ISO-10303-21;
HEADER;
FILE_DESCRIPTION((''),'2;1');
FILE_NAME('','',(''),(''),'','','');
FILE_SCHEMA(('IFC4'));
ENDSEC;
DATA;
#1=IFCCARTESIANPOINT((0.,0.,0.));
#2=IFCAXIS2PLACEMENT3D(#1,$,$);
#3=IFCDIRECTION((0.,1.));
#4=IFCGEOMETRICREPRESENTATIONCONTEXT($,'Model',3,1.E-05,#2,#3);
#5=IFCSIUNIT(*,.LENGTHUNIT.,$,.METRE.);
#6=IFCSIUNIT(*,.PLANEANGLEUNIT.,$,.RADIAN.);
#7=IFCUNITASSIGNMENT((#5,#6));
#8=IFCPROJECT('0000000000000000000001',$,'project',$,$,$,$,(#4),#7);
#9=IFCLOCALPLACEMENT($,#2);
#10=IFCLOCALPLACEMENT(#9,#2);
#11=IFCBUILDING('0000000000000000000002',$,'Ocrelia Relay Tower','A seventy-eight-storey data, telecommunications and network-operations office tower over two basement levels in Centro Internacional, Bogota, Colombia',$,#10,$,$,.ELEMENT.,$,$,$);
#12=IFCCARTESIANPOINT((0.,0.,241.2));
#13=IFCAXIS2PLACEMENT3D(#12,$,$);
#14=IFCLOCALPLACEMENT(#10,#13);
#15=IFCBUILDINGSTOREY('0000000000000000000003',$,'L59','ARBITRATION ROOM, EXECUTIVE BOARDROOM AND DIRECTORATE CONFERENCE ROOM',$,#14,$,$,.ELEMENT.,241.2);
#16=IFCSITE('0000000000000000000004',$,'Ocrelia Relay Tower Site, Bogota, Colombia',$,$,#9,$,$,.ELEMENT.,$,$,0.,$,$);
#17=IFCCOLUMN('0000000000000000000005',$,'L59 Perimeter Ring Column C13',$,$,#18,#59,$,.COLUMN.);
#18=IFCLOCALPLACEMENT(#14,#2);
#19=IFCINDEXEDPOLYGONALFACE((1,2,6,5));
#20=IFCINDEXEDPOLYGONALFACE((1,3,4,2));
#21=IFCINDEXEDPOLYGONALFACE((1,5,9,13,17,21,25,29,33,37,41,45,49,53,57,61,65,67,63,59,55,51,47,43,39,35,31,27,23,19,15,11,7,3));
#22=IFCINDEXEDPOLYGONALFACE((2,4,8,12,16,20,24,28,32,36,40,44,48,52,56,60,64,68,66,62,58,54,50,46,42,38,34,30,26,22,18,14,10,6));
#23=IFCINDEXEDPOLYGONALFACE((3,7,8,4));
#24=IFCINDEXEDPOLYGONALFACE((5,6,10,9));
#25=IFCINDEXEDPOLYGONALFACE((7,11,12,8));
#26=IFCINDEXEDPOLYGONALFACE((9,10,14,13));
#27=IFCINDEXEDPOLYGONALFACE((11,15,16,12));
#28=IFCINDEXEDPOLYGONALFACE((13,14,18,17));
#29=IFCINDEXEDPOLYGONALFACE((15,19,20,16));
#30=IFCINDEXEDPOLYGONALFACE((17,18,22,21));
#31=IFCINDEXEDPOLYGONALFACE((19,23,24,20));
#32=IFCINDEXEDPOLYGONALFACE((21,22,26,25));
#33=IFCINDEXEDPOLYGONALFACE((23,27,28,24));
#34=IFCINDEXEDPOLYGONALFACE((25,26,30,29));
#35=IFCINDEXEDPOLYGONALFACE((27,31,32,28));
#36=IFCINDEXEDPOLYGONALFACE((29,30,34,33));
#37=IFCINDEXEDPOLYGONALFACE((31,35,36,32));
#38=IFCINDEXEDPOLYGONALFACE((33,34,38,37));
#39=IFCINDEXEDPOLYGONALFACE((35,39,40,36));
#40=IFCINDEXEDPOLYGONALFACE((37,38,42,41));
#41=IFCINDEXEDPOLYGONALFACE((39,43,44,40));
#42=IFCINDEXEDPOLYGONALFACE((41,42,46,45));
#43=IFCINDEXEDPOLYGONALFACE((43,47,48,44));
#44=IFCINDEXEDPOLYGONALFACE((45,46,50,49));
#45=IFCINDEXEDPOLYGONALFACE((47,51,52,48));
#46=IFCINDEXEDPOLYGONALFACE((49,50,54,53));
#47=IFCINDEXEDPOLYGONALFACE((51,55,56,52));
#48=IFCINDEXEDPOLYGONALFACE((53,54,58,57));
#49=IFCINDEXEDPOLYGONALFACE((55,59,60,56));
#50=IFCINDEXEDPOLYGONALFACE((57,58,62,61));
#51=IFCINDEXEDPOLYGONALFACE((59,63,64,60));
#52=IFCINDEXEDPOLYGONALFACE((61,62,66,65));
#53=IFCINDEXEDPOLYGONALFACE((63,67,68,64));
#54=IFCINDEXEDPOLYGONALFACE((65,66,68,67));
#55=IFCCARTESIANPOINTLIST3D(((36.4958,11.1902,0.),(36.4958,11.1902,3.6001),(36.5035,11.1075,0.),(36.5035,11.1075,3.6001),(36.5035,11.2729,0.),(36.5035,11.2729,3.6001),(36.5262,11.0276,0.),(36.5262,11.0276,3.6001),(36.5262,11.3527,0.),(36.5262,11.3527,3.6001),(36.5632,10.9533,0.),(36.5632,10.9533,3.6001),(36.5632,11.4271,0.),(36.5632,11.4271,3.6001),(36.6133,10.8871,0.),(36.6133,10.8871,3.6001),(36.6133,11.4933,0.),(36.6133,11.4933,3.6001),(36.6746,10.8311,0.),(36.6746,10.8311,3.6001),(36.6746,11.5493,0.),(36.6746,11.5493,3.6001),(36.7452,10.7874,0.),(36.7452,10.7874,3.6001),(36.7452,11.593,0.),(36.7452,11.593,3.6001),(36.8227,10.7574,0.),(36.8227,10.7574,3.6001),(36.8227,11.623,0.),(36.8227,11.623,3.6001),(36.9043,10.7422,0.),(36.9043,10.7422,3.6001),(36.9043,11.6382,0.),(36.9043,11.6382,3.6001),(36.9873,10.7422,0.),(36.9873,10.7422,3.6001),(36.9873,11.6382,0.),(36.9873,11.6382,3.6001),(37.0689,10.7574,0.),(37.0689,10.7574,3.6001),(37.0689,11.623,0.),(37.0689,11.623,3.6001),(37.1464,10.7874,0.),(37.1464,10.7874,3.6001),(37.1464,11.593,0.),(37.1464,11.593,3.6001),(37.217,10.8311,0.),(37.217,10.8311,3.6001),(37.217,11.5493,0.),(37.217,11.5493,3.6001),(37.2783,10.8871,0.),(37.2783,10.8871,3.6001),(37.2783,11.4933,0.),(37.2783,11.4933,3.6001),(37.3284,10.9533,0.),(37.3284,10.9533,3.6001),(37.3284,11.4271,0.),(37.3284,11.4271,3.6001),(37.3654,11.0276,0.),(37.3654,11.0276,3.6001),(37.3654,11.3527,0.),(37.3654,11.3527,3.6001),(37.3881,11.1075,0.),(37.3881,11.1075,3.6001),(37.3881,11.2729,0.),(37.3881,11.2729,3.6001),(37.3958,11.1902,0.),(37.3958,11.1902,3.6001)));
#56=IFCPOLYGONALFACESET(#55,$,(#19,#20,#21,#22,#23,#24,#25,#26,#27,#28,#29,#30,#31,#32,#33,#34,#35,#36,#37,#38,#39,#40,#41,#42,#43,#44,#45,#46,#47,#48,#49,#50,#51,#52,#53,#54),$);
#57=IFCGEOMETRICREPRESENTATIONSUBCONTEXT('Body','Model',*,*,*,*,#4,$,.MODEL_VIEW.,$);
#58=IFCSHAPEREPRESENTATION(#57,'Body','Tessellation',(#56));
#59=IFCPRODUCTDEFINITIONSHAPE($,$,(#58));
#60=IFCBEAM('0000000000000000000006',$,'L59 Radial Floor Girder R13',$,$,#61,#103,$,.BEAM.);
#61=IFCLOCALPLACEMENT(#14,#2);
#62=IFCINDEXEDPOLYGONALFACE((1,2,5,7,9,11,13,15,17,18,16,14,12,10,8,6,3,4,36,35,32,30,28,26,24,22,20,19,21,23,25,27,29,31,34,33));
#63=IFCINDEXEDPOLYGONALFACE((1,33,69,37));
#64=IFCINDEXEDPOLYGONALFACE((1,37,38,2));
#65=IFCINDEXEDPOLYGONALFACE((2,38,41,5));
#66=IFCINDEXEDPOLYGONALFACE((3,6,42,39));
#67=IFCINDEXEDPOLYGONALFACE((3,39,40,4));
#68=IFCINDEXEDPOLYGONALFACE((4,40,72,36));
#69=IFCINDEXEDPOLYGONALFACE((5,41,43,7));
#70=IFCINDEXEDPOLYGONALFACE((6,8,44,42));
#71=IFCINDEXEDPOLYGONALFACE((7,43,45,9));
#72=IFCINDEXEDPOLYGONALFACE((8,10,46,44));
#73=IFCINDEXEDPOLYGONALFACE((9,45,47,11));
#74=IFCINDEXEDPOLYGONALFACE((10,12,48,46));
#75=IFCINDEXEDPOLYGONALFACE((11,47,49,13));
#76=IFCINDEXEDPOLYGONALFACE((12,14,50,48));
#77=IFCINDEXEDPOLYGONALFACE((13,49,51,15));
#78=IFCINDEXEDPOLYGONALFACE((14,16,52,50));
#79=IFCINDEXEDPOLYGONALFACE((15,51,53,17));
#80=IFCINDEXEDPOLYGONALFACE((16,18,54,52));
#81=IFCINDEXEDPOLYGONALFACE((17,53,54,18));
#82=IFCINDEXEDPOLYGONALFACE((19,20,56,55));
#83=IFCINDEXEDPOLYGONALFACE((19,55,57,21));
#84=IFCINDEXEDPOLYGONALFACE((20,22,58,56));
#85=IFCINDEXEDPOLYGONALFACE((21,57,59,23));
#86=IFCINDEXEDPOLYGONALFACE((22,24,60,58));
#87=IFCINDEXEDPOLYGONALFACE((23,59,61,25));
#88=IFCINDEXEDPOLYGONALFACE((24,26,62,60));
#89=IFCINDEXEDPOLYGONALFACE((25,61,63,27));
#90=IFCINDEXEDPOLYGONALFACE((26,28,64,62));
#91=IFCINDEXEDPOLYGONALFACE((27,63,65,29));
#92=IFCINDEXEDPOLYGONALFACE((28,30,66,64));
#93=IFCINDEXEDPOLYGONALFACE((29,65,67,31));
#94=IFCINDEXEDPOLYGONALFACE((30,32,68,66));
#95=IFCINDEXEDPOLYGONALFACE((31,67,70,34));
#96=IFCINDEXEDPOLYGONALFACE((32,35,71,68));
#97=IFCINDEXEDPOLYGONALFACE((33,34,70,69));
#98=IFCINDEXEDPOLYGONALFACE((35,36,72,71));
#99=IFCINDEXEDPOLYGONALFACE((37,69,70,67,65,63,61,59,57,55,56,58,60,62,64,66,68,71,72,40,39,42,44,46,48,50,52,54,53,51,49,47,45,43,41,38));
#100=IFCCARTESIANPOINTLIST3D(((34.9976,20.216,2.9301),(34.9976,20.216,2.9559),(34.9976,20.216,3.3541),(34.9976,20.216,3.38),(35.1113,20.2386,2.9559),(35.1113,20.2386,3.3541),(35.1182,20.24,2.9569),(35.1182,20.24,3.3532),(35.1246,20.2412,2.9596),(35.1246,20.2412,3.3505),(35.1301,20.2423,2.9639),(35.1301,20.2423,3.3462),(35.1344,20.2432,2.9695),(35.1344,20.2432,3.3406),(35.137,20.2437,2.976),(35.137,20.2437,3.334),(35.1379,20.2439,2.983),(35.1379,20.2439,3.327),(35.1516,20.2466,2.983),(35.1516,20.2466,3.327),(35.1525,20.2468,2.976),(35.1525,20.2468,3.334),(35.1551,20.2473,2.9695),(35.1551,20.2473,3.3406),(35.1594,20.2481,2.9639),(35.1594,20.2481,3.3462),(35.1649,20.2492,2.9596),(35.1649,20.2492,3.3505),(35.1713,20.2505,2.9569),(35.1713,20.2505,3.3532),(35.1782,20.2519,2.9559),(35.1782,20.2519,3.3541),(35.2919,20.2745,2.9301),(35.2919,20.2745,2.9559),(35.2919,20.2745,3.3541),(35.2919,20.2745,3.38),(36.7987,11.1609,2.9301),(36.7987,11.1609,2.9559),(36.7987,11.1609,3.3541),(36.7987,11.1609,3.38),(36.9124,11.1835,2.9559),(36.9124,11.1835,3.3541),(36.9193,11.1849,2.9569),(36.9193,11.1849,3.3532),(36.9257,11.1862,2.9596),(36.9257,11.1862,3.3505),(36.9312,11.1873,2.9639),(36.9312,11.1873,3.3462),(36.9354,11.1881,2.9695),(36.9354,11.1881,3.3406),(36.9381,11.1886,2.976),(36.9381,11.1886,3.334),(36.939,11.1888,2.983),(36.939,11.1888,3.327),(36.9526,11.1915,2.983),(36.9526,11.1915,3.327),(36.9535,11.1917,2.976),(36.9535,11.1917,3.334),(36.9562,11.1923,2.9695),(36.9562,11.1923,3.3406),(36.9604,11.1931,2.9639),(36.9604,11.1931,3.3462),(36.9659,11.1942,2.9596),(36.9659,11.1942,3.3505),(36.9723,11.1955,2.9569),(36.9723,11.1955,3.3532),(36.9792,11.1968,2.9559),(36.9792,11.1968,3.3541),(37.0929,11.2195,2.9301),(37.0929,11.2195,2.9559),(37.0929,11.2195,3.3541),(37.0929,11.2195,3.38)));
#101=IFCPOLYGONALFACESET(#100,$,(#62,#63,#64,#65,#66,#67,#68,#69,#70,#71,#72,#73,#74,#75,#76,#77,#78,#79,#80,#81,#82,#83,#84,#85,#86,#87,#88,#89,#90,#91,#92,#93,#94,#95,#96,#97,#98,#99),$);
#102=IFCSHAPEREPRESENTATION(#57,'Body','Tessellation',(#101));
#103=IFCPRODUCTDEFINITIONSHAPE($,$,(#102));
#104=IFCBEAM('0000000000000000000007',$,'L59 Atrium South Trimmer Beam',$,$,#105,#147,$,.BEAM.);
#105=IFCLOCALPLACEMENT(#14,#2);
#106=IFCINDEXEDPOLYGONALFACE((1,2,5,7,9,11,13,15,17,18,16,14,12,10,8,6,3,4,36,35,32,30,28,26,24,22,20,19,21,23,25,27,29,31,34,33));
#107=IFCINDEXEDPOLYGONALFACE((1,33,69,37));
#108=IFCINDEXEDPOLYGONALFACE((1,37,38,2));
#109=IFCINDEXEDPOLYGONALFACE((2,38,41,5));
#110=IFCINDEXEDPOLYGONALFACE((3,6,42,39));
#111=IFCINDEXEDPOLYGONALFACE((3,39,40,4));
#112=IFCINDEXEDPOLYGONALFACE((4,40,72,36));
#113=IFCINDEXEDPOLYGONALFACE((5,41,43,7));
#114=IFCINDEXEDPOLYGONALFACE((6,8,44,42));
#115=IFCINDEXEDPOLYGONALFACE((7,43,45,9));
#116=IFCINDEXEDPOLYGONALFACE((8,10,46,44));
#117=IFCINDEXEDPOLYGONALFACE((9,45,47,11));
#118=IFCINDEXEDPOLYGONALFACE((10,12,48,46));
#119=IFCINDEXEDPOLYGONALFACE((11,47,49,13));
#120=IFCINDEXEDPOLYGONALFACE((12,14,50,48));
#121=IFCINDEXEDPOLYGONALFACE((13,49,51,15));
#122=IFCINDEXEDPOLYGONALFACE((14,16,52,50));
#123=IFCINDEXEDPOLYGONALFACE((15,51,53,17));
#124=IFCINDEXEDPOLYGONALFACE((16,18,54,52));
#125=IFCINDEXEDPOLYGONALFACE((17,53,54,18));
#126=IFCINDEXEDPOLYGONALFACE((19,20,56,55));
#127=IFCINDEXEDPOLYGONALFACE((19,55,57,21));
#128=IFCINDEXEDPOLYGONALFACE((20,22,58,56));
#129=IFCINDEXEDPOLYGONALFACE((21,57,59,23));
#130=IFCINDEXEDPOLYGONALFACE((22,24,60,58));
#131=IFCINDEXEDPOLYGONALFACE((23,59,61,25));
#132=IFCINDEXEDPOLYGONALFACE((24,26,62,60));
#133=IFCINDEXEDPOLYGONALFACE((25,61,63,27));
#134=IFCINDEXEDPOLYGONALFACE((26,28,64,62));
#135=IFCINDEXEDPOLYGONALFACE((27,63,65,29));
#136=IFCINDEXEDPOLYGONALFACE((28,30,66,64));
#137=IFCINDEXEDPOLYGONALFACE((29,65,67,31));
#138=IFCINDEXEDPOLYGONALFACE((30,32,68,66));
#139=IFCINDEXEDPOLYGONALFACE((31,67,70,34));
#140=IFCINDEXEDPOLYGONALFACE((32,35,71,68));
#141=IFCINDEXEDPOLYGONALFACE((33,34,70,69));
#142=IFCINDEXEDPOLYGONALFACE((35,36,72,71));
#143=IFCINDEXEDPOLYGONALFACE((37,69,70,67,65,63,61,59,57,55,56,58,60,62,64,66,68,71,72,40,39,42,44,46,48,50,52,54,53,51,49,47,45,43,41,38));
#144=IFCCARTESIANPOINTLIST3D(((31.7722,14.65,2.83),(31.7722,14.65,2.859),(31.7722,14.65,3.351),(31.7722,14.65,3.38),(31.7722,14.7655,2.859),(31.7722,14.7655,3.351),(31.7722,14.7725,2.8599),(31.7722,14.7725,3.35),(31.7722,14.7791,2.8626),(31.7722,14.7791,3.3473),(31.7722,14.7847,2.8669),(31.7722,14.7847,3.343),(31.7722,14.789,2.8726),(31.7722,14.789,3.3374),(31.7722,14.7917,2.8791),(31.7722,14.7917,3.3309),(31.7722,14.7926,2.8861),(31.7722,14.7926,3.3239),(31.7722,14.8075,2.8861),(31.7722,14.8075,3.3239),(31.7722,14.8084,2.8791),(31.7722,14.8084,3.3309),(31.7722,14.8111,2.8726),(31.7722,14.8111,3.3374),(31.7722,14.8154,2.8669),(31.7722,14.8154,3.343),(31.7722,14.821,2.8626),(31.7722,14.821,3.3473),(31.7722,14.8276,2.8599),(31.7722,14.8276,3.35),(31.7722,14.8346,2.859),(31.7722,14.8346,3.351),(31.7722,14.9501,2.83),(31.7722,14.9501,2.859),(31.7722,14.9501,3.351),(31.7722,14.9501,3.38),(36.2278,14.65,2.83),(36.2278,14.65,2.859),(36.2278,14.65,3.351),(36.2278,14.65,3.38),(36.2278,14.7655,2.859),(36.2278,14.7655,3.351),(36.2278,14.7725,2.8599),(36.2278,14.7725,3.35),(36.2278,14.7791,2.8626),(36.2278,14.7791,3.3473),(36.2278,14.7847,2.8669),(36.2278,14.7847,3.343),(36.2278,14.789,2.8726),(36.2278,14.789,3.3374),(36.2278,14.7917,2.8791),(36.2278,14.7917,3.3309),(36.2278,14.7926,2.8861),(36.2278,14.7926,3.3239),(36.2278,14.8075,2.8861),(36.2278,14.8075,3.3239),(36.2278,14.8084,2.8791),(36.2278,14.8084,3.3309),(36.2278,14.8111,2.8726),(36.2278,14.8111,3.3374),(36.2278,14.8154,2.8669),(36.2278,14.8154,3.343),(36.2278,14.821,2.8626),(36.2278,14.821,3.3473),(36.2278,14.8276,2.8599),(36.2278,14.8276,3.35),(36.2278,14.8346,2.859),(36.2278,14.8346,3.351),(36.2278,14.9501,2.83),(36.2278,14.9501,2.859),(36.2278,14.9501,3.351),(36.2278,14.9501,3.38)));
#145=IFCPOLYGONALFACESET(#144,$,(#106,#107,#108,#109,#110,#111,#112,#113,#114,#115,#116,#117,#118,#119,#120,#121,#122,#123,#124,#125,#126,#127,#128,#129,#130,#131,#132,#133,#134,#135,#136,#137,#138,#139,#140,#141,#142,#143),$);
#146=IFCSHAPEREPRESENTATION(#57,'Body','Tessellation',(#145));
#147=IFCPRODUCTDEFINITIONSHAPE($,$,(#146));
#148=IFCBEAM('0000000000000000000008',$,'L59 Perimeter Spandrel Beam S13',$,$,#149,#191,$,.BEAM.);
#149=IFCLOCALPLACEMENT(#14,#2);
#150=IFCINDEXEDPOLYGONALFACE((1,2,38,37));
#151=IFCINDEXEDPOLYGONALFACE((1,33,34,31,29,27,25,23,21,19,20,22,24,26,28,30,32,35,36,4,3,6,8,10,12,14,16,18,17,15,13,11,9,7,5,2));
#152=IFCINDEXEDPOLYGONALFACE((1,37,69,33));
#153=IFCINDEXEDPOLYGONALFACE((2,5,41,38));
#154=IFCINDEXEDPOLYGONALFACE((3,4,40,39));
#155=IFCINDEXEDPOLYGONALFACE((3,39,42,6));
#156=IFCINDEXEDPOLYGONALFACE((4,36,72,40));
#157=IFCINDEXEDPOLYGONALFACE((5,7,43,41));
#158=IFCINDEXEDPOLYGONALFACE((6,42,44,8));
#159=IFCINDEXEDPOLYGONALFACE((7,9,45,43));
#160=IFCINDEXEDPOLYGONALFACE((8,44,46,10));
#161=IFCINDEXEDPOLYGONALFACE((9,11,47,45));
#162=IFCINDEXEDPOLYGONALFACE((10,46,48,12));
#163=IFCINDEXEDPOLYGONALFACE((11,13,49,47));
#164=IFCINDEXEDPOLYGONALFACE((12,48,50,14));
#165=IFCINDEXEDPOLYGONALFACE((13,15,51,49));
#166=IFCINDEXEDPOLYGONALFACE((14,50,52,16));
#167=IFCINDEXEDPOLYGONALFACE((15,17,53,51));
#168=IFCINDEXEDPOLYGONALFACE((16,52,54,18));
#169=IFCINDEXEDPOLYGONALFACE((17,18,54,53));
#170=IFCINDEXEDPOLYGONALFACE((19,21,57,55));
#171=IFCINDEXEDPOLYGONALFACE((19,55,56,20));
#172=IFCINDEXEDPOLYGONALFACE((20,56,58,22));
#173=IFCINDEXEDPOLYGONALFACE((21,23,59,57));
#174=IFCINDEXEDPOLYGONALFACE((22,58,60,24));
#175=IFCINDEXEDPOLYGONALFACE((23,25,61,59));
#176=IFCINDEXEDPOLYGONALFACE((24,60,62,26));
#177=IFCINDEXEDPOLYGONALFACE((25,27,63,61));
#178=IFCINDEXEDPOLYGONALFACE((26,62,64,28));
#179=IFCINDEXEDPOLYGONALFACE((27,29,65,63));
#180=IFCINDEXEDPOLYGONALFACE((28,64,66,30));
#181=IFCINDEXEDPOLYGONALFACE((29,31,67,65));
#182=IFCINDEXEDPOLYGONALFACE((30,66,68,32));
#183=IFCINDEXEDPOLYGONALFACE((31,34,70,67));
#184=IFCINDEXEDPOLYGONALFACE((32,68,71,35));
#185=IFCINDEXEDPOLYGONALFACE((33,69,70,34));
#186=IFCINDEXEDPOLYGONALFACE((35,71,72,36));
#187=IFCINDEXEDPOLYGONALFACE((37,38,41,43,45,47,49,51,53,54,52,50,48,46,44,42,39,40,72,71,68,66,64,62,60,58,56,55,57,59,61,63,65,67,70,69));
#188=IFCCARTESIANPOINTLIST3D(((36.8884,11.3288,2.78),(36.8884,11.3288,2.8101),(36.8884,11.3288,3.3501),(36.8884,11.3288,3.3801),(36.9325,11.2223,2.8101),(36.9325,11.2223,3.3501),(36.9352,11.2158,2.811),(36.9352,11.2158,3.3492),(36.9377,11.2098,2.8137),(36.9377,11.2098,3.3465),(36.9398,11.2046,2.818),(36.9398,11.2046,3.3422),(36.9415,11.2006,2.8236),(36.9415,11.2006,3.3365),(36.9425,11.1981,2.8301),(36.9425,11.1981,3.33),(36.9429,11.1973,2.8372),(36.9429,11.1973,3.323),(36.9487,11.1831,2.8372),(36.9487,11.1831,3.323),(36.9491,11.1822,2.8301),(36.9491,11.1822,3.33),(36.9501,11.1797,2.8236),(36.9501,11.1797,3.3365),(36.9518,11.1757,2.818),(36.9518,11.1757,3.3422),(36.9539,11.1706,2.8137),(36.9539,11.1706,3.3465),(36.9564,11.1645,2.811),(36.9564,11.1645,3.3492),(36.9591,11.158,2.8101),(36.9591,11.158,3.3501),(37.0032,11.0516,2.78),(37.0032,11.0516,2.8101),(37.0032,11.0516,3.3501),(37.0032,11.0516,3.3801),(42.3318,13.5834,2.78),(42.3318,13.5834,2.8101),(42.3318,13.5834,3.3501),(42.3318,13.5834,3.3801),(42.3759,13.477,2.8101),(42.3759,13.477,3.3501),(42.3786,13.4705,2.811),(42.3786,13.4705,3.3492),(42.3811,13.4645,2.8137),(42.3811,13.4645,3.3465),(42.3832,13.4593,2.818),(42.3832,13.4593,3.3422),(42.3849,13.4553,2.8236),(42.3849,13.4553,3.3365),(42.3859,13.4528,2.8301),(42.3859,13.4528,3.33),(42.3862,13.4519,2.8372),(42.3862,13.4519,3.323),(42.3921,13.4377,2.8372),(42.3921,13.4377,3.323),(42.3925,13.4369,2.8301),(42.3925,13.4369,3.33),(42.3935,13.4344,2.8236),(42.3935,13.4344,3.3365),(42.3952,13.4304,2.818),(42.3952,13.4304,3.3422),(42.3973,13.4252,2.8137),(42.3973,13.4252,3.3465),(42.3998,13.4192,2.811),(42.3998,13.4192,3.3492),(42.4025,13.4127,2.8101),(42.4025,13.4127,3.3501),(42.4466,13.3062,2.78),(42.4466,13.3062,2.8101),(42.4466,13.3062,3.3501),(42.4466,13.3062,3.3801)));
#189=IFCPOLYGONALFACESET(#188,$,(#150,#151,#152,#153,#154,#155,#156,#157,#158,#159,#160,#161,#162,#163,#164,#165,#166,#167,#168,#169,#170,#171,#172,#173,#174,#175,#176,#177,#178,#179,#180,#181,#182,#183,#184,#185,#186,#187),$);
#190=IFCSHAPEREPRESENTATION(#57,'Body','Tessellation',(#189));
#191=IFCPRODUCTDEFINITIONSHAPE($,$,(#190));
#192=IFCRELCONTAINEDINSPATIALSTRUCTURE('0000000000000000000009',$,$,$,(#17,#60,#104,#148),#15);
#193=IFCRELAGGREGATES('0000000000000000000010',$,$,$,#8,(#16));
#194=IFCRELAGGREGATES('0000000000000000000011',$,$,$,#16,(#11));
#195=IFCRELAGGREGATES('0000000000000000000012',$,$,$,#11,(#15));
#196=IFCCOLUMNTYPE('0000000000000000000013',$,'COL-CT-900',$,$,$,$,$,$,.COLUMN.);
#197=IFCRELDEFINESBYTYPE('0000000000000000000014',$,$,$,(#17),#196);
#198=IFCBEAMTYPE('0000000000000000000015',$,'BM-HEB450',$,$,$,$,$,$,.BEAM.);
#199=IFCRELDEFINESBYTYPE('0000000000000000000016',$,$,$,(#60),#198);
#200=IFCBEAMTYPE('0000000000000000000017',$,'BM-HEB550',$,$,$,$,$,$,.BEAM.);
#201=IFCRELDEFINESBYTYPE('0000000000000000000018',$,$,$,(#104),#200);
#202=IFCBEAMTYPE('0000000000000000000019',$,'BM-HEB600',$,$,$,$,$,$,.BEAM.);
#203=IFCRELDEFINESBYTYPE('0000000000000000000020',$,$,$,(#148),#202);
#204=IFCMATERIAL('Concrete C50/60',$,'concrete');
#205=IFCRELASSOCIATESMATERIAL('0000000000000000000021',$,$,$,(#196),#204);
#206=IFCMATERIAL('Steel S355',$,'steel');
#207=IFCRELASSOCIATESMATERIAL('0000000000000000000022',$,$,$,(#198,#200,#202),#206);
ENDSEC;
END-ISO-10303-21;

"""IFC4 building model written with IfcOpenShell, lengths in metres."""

from ifc_helpers import new_model, si_unit, direction, frame, origin, origin_2d, place, context, subcontext, project, spatial, circle, i_section, extrude, material, material_profile, profile_set, type_object, element, save


model = new_model("IFC4")

# Units and contexts
model_context = context("Model", 3, precision=1e-05, world=origin(), true_north=direction((0.0, 1.0)))
body_context = subcontext(model_context, "Body", "Model", "MODEL_VIEW")
ifc_project = project(units=[si_unit("LENGTHUNIT", "METRE"), si_unit("PLANEANGLEUNIT", "RADIAN")], contexts=[model_context])

# Site, building, storey
site_placement = place(None, origin())
site = spatial("IfcSite", under=ifc_project, at=site_placement, Name="Ocrelia Relay Tower Site, Bogota, Colombia", CompositionType="ELEMENT", RefElevation=0.0)
building_placement = place(site_placement, origin())
building = spatial("IfcBuilding", under=site, at=building_placement, Name="Ocrelia Relay Tower", Description="A seventy-eight-storey data, telecommunications and network-operations office tower over two basement levels in Centro Internacional, Bogota, Colombia", CompositionType="ELEMENT")
storey_placement = place(building_placement, frame((0.0, 0.0, 241.2)))
storey = spatial("IfcBuildingStorey", under=building, at=storey_placement, Name="L59", Description="ARBITRATION ROOM, EXECUTIVE BOARDROOM AND DIRECTORATE CONFERENCE ROOM", CompositionType="ELEMENT", Elevation=241.2)

# Column
ifc_material_1 = material(Name="Concrete C50/60", Category="concrete")
ifc_material_profile_1 = material_profile(ifc_material_1, circle(Radius=0.45, at=origin_2d()), Name="RC-CIR-900")
ifc_profile_set_1 = profile_set([ifc_material_profile_1], Name="Concrete C50/60")
column_type = type_object("IfcColumnType", Name="COL-CT-900", PredefinedType="COLUMN", material=ifc_profile_set_1)
column_placement = place(storey_placement, frame((36.9458, 11.1902, 0.0), z_axis=(0.0, 0.0, 1.0), x_axis=(1.0, 0.0, 0.0)))
element("IfcColumn", 1, at=column_placement, inside=storey, type_object=column_type, Name="L59 Perimeter Ring Column C13", PredefinedType="COLUMN", context=body_context, shape_type="SweptSolid", body=[
    extrude(circle(Radius=0.45, at=origin_2d()), origin(), (0.0, 0.0, 1.0), 3.6001),
])

# Beams
ifc_material_2 = material(Name="Steel S355", Category="steel")
ifc_material_profile_2 = material_profile(ifc_material_2, i_section(OverallWidth=0.3, OverallDepth=0.45, WebThickness=0.0139, FlangeThickness=0.0259, FilletRadius=0.0271, at=origin_2d()), Name="HEB 450")
ifc_profile_set_2 = profile_set([ifc_material_profile_2], Name="Steel S355")
beam_type_1 = type_object("IfcBeamType", Name="BM-HEB450", PredefinedType="BEAM", material=ifc_profile_set_2)
beam_1_placement = place(storey_placement, frame((36.9458, 11.1902, 3.155), z_axis=(-0.195079, 0.980788, 0.0), x_axis=(-0.980788, -0.195079, 0.0)))
element("IfcBeam", 2, at=beam_1_placement, inside=storey, type_object=beam_type_1, Name="L59 Radial Floor Girder R13", PredefinedType="BEAM", context=body_context, shape_type="SweptSolid", body=[
    extrude(i_section(OverallWidth=0.3, OverallDepth=0.45, WebThickness=0.0139, FlangeThickness=0.0259, FilletRadius=0.0271, at=origin_2d()), origin(), (0.0, 0.0, 1.0), 9.2324),
])
ifc_material_profile_3 = material_profile(ifc_material_2, i_section(OverallWidth=0.3, OverallDepth=0.55, WebThickness=0.0149, FlangeThickness=0.0291, FilletRadius=0.0271, at=origin_2d()), Name="HEB 550")
ifc_profile_set_3 = profile_set([ifc_material_profile_3], Name="Steel S355")
beam_type_2 = type_object("IfcBeamType", Name="BM-HEB550", PredefinedType="BEAM", material=ifc_profile_set_3)
beam_2_placement = place(storey_placement, frame((31.7722, 14.8, 3.105), z_axis=(1.0, 0.0, 0.0), x_axis=(0.0, 1.0, 0.0)))
element("IfcBeam", 3, at=beam_2_placement, inside=storey, type_object=beam_type_2, Name="L59 Atrium South Trimmer Beam", PredefinedType="BEAM", context=body_context, shape_type="SweptSolid", body=[
    extrude(i_section(OverallWidth=0.3, OverallDepth=0.55, WebThickness=0.0149, FlangeThickness=0.0291, FilletRadius=0.0271, at=origin_2d()), origin(), (0.0, 0.0, 1.0), 4.4556),
])
ifc_material_profile_4 = material_profile(ifc_material_2, i_section(OverallWidth=0.3, OverallDepth=0.6001, WebThickness=0.0154, FlangeThickness=0.03, FilletRadius=0.0271, at=origin_2d()), Name="HEB 600")
ifc_profile_set_4 = profile_set([ifc_material_profile_4], Name="Steel S355")
beam_type_3 = type_object("IfcBeamType", Name="BM-HEB600", PredefinedType="BEAM", material=ifc_profile_set_4)
beam_3_placement = place(storey_placement, frame((36.9458, 11.1902, 3.0801), z_axis=(0.923884, 0.382673, 0.0), x_axis=(-0.382673, 0.923884, 0.0)))
element("IfcBeam", 4, at=beam_3_placement, inside=storey, type_object=beam_type_3, Name="L59 Perimeter Spandrel Beam S13", PredefinedType="BEAM", context=body_context, shape_type="SweptSolid", body=[
    extrude(i_section(OverallWidth=0.3, OverallDepth=0.6001, WebThickness=0.0154, FlangeThickness=0.03, FilletRadius=0.0271, at=origin_2d()), origin(), (0.0, 0.0, 1.0), 5.8918),
])

save(model, "model.ifc")
